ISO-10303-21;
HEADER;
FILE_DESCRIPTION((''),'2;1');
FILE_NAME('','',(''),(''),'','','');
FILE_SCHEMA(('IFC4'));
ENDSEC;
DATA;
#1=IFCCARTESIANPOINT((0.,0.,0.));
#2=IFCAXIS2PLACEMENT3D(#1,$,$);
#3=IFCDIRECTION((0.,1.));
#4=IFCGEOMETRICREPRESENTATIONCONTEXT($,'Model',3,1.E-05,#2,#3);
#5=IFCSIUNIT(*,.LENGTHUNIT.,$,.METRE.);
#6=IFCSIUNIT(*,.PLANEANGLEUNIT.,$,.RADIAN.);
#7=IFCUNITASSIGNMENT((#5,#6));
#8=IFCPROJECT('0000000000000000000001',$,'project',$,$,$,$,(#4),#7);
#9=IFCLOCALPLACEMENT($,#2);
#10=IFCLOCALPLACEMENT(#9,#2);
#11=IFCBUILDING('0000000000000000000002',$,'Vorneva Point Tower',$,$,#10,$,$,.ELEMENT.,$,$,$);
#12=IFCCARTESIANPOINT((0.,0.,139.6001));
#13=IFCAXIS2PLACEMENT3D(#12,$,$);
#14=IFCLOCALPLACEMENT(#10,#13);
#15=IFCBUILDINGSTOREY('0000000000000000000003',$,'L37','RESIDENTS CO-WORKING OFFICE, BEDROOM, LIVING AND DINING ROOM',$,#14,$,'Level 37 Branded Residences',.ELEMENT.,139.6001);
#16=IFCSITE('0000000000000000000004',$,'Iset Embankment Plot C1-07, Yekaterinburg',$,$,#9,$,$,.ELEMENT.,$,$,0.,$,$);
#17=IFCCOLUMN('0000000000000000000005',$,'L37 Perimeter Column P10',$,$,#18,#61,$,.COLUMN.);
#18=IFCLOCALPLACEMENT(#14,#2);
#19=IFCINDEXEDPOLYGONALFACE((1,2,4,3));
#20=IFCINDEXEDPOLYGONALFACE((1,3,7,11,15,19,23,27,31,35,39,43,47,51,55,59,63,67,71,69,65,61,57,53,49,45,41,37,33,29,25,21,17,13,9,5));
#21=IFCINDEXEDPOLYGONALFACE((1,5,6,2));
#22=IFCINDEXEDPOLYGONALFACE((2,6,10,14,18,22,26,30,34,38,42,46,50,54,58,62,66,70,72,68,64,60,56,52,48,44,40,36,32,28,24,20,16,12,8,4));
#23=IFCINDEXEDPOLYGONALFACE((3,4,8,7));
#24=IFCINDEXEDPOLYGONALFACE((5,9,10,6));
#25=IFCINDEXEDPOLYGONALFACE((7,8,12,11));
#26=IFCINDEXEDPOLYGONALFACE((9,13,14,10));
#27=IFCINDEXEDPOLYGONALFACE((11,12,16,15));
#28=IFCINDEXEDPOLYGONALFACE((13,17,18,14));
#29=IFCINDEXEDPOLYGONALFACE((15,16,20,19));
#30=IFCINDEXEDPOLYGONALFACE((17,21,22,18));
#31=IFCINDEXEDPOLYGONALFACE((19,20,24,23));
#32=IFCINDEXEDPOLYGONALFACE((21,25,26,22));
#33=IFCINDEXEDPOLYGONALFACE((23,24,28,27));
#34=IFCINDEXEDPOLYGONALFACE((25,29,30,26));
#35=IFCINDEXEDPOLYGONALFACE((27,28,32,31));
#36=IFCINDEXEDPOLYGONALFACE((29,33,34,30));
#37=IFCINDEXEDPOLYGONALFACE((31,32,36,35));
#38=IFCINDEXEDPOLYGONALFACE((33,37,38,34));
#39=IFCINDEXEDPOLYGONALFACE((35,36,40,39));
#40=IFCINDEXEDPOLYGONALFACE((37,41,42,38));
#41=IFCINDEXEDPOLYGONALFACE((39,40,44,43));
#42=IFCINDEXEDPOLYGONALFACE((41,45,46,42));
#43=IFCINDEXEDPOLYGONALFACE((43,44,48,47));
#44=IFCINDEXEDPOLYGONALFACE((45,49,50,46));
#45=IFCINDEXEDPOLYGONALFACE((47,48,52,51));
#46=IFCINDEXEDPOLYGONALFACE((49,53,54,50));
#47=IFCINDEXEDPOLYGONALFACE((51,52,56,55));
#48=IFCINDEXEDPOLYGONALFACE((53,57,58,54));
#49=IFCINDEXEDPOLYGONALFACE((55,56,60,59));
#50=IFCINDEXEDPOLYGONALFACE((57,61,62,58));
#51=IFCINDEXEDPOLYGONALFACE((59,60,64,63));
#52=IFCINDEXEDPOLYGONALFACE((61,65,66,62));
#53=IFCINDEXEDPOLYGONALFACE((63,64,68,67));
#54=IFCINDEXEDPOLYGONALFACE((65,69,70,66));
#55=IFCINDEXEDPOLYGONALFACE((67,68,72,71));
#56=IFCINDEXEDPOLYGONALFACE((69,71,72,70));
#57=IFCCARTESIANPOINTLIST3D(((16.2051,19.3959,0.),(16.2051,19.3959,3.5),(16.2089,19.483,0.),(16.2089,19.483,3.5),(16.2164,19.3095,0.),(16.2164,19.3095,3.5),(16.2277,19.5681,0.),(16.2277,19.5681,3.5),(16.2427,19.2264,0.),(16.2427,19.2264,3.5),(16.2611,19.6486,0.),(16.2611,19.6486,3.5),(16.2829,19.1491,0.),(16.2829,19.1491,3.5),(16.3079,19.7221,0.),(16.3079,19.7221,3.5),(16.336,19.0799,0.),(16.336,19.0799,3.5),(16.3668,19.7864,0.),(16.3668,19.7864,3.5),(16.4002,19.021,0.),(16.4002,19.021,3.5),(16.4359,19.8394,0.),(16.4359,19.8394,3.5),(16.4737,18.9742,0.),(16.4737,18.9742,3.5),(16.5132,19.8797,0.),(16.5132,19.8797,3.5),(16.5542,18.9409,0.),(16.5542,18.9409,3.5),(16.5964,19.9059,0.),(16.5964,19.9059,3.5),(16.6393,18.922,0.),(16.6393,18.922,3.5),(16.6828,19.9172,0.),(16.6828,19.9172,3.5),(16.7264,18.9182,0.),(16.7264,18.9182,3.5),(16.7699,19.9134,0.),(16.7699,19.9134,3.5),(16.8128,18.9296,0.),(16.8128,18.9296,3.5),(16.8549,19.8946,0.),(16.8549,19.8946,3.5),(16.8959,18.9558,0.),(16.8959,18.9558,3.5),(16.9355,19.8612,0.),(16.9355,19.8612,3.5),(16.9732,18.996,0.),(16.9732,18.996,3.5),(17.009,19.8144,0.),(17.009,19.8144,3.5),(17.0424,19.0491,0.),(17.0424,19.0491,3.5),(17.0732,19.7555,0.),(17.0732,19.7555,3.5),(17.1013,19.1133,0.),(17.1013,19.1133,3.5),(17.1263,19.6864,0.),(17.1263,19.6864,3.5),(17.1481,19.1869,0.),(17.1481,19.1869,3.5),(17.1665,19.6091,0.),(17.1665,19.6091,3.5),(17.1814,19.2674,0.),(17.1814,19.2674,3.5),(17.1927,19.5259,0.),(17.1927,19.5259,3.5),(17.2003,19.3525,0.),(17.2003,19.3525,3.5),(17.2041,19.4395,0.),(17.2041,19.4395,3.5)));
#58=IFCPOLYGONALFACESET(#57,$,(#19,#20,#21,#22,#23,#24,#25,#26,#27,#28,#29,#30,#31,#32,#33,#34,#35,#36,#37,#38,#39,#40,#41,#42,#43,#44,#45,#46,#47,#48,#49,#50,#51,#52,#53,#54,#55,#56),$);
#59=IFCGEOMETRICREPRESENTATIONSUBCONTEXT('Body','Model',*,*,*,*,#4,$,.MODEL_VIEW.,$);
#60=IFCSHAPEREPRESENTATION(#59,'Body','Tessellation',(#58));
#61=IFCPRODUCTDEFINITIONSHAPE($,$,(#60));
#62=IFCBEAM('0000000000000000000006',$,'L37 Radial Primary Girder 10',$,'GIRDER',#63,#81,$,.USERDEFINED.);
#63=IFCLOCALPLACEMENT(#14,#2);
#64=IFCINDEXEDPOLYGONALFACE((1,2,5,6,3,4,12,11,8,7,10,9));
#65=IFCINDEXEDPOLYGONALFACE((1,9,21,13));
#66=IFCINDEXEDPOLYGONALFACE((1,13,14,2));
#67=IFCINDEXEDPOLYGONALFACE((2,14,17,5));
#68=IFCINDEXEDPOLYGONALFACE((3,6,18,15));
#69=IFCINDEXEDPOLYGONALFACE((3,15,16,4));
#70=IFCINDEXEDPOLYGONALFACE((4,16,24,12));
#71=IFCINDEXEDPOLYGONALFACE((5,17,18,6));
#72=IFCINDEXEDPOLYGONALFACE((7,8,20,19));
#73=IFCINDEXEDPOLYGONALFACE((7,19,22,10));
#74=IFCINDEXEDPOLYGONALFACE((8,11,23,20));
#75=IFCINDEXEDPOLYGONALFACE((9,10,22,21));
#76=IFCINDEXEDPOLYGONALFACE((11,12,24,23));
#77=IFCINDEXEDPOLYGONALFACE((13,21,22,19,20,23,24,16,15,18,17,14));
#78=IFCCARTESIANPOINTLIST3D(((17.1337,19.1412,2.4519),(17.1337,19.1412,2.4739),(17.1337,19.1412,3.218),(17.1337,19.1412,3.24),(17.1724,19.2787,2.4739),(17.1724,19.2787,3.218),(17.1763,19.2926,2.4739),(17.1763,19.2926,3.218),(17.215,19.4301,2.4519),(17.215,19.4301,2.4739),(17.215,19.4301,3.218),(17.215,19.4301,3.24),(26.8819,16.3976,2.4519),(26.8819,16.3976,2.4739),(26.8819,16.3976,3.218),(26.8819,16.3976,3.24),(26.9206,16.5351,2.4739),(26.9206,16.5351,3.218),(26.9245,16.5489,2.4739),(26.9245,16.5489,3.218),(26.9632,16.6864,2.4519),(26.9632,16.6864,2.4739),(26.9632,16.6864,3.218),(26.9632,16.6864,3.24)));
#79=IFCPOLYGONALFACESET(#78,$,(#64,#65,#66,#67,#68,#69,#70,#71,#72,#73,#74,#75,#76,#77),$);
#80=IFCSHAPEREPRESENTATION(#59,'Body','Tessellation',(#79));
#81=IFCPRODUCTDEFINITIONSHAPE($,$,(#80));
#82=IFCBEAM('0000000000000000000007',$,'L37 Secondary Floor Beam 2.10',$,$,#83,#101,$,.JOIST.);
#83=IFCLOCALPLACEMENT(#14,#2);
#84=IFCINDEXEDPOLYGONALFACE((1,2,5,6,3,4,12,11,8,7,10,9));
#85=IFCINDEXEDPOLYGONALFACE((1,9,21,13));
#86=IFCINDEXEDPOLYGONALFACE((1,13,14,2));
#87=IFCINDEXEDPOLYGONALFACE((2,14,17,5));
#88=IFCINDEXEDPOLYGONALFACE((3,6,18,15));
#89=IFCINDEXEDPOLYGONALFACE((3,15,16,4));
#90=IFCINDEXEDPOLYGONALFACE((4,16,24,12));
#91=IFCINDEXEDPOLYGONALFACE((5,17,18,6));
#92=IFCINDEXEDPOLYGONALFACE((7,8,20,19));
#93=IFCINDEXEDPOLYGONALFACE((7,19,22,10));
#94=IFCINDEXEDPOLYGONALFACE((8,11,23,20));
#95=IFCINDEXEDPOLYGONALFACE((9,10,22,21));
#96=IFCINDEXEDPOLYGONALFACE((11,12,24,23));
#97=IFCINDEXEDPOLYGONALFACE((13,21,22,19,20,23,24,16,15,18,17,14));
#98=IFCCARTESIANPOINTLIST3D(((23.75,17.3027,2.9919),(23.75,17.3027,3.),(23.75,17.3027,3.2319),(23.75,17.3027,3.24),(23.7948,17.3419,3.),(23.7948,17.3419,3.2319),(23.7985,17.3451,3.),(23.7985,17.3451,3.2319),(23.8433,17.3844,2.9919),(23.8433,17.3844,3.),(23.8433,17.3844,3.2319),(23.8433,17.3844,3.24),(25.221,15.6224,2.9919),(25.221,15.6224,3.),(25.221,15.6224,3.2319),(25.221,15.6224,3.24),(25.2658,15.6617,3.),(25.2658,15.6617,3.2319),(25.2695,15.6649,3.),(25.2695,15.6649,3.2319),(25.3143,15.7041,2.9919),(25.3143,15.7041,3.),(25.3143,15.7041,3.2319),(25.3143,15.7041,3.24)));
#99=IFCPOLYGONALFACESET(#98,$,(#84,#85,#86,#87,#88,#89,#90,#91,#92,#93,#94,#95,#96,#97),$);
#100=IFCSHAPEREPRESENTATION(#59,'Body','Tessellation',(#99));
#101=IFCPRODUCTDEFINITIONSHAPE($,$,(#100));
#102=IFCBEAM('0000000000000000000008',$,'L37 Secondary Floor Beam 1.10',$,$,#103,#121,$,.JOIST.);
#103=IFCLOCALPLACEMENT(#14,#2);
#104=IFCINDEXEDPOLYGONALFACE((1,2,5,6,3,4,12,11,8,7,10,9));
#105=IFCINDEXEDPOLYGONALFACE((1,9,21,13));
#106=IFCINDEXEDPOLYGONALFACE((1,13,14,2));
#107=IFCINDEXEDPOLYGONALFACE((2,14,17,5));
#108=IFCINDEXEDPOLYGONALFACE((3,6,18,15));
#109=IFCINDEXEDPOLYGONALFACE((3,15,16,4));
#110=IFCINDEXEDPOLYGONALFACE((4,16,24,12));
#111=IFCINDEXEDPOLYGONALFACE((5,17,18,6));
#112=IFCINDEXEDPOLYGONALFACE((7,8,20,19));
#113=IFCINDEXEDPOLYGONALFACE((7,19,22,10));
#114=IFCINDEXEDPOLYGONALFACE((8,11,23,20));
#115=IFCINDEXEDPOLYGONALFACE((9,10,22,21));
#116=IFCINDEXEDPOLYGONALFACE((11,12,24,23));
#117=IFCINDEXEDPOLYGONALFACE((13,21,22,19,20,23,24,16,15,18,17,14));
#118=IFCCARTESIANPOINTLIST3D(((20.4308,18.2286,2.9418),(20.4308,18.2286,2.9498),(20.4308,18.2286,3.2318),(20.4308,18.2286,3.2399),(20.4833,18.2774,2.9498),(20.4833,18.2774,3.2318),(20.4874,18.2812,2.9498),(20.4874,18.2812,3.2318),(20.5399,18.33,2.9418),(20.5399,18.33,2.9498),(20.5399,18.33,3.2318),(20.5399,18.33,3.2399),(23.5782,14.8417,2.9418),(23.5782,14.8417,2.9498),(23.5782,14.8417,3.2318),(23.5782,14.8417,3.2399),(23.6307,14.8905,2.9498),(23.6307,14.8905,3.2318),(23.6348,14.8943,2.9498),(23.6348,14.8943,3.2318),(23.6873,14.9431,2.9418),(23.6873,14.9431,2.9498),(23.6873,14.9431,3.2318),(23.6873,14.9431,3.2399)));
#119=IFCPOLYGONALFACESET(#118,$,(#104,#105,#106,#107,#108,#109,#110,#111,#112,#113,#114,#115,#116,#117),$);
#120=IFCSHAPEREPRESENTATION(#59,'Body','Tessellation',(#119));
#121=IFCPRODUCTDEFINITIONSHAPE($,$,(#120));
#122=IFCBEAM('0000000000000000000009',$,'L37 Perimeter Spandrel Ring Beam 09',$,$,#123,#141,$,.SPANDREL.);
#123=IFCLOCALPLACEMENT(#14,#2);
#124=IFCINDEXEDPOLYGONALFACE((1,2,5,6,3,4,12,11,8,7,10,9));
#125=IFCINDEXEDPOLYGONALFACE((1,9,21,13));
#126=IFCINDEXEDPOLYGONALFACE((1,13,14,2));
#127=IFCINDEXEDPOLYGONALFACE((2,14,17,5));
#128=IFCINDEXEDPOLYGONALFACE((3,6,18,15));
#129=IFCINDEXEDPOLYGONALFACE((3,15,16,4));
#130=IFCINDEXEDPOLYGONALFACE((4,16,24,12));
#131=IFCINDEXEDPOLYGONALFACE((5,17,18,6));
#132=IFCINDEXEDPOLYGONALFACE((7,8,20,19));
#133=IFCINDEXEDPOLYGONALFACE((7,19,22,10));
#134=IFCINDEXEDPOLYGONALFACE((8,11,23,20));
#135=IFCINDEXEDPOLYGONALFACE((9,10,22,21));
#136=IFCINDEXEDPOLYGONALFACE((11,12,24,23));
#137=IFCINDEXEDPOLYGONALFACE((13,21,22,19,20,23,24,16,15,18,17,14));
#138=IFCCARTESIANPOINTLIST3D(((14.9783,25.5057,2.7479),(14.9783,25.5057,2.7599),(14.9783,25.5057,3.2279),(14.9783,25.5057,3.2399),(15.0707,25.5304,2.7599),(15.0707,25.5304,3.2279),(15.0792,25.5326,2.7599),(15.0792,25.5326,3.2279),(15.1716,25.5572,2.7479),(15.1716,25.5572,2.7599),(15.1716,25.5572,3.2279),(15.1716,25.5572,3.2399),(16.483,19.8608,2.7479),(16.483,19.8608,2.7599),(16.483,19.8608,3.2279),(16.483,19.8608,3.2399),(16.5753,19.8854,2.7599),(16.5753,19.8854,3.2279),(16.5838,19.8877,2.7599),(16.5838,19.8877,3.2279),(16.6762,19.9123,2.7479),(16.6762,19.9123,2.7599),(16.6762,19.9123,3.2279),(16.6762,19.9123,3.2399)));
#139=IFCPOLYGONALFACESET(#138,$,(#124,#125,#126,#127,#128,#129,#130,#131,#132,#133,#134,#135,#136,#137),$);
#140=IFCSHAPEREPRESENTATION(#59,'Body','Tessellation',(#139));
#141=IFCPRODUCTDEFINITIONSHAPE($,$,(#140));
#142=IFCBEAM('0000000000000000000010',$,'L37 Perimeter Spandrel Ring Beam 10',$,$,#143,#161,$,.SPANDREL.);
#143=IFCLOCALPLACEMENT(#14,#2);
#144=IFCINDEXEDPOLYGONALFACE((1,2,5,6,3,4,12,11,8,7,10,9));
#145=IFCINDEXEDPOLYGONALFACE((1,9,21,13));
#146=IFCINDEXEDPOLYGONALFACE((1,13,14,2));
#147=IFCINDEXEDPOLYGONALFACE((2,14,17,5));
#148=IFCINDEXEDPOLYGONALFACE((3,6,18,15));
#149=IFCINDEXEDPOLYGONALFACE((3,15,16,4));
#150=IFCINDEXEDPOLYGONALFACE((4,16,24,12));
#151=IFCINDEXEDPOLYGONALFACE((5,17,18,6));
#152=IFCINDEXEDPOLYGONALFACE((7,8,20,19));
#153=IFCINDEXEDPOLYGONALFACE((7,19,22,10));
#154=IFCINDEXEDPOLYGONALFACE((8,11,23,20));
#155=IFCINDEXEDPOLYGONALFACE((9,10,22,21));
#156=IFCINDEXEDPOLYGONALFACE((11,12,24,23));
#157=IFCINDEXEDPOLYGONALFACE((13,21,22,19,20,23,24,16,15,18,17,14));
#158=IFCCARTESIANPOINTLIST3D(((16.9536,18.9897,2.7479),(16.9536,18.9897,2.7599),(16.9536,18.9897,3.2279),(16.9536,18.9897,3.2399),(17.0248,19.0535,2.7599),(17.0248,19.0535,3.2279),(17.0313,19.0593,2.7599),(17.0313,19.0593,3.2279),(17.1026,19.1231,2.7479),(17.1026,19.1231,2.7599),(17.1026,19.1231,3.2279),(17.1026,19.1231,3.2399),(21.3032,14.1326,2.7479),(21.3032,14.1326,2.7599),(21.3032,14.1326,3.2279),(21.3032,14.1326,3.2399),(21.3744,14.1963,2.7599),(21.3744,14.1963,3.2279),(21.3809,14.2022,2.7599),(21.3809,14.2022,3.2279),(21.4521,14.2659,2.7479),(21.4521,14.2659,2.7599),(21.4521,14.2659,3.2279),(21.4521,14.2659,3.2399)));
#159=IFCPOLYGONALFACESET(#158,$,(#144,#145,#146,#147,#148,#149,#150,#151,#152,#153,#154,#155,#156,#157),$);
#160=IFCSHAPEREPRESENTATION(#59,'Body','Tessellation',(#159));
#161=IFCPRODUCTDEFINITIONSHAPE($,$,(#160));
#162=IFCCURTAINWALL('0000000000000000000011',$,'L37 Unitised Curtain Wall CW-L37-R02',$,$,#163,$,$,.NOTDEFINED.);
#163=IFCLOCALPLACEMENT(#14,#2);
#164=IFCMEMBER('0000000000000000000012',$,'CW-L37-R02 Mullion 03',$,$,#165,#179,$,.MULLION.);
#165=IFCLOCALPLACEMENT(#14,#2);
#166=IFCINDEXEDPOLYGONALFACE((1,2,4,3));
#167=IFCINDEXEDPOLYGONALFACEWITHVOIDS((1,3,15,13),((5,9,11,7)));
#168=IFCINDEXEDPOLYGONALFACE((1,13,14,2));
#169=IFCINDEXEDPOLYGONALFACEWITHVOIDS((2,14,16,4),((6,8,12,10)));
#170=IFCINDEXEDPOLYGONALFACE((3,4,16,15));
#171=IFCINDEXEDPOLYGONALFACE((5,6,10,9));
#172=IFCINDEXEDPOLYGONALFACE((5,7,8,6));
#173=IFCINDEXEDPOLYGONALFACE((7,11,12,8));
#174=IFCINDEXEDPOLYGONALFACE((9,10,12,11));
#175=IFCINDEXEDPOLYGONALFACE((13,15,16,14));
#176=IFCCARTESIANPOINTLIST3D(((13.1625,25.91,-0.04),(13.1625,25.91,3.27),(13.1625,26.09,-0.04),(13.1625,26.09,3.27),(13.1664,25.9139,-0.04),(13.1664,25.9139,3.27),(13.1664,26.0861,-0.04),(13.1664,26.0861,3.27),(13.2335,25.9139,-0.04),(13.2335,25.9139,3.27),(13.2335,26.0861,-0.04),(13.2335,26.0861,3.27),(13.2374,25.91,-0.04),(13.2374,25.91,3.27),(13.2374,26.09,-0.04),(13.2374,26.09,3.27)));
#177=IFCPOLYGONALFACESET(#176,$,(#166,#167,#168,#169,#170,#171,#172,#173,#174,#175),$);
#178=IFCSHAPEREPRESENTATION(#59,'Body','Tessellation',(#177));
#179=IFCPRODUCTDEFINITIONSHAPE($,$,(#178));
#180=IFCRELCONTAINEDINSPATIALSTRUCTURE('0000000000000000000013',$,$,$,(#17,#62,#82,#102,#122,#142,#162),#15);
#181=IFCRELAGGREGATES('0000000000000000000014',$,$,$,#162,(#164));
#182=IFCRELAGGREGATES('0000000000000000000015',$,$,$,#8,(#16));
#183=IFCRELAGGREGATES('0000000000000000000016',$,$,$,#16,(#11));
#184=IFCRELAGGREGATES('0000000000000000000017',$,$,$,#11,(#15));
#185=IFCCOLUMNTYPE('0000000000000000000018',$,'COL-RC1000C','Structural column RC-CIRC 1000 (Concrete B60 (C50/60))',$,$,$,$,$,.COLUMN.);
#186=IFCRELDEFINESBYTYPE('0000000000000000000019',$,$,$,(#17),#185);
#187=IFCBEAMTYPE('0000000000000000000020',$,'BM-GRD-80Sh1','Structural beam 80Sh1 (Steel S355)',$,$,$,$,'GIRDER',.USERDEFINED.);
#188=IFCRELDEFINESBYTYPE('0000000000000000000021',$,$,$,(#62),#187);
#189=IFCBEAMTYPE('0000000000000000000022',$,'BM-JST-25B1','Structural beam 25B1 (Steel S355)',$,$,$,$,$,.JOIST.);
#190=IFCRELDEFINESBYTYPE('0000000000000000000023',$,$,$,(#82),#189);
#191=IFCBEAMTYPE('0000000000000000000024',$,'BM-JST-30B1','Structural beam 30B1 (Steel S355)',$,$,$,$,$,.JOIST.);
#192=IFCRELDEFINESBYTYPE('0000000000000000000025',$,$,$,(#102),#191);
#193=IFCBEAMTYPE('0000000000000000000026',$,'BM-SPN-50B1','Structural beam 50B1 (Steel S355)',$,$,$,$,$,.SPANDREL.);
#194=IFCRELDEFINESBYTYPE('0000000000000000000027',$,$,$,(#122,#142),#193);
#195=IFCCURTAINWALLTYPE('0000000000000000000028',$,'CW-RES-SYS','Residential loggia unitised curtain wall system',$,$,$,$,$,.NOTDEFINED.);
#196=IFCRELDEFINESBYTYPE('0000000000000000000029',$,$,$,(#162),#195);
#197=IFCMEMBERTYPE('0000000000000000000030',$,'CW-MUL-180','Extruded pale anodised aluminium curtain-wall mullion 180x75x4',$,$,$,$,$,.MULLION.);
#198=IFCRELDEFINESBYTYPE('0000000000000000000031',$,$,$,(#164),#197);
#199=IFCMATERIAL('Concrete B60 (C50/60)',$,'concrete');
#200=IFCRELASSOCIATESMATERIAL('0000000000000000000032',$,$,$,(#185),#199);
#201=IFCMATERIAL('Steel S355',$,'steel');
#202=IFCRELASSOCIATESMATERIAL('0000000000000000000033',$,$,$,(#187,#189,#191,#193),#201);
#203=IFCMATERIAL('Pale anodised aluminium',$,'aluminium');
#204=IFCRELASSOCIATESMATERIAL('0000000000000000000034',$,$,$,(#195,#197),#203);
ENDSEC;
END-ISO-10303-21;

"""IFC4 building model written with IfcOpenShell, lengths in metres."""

from ifc_helpers import new_model, si_unit, direction, frame, origin, origin_2d, place, context, subcontext, project, spatial, hollow_rectangle, circle, i_section, extrude, material, material_profile, profile_set, type_object, element, aggregate, save


model = new_model("IFC4")

# Units and contexts
model_context = context("Model", 3, precision=1e-05, world=origin(), true_north=direction((0.0, 1.0)))
body_context = subcontext(model_context, "Body", "Model", "MODEL_VIEW")
ifc_project = project(units=[si_unit("LENGTHUNIT", "METRE"), si_unit("PLANEANGLEUNIT", "RADIAN")], contexts=[model_context])

# Site, building, storey
site_placement = place(None, origin())
site = spatial("IfcSite", under=ifc_project, at=site_placement, Name="Iset Embankment Plot C1-07, Yekaterinburg", CompositionType="ELEMENT", RefElevation=0.0)
building_placement = place(site_placement, origin())
building = spatial("IfcBuilding", under=site, at=building_placement, Name="Vorneva Point Tower", CompositionType="ELEMENT")
storey_placement = place(building_placement, frame((0.0, 0.0, 139.6001)))
storey = spatial("IfcBuildingStorey", under=building, at=storey_placement, Name="L37", Description="RESIDENTS CO-WORKING OFFICE, BEDROOM, LIVING AND DINING ROOM", LongName="Level 37 Branded Residences", CompositionType="ELEMENT", Elevation=139.6001)

# Column
ifc_material_1 = material(Name="Concrete B60 (C50/60)", Category="concrete")
ifc_material_profile_1 = material_profile(ifc_material_1, circle(Radius=0.5, at=origin_2d()), Name="RC-CIRC 1000")
ifc_profile_set_1 = profile_set([ifc_material_profile_1], Name="Concrete B60 (C50/60)")
column_type = type_object("IfcColumnType", Name="COL-RC1000C", Description="Structural column RC-CIRC 1000 (Concrete B60 (C50/60))", PredefinedType="COLUMN", material=ifc_profile_set_1)
column_placement = place(storey_placement, frame((16.7046, 19.4177, 0.0), z_axis=(0.0, 0.0, 1.0), x_axis=(-0.92388, -0.382683, 0.0)))
element("IfcColumn", 1, at=column_placement, inside=storey, type_object=column_type, Name="L37 Perimeter Column P10", PredefinedType="COLUMN", context=body_context, shape_type="SweptSolid", body=[
    extrude(circle(Radius=0.5, at=origin_2d()), origin(), (0.0, 0.0, 1.0), 3.5),
])

# Beams
ifc_material_2 = material(Name="Steel S355", Category="steel")
ifc_material_profile_2 = material_profile(ifc_material_2, i_section(OverallWidth=0.3, OverallDepth=0.7881, WebThickness=0.0144, FlangeThickness=0.022, at=origin_2d()), Name="80Sh1")
ifc_profile_set_2 = profile_set([ifc_material_profile_2], Name="Steel S355")
beam_type_1 = type_object("IfcBeamType", Name="BM-GRD-80Sh1", Description="Structural beam 80Sh1 (Steel S355)", ElementType="GIRDER", PredefinedType="USERDEFINED", material=ifc_profile_set_2)
beam_1_placement = place(storey_placement, frame((17.1743, 19.2856, 2.8459), z_axis=(0.962601, -0.270924, 0.0), x_axis=(0.270924, 0.962601, 0.0)))
element("IfcBeam", 2, at=beam_1_placement, inside=storey, type_object=beam_type_1, Name="L37 Radial Primary Girder 10", ObjectType="GIRDER", PredefinedType="USERDEFINED", context=body_context, shape_type="SweptSolid", body=[
    extrude(i_section(OverallWidth=0.3, OverallDepth=0.7881, WebThickness=0.0144, FlangeThickness=0.022, at=origin_2d()), origin(), (0.0, 0.0, 1.0), 10.127),
])
ifc_material_profile_3 = material_profile(ifc_material_2, i_section(OverallWidth=0.124, OverallDepth=0.248, WebThickness=0.0049, FlangeThickness=0.0081, at=origin_2d()), Name="25B1")
ifc_profile_set_3 = profile_set([ifc_material_profile_3], Name="Steel S355")
beam_type_2 = type_object("IfcBeamType", Name="BM-JST-25B1", Description="Structural beam 25B1 (Steel S355)", PredefinedType="JOIST", material=ifc_profile_set_3)
beam_2_placement = place(storey_placement, frame((23.7966, 17.3435, 3.116), z_axis=(0.658706, -0.752401, 0.0), x_axis=(0.752401, 0.658706, 0.0)))
element("IfcBeam", 3, at=beam_2_placement, inside=storey, type_object=beam_type_2, Name="L37 Secondary Floor Beam 2.10", PredefinedType="JOIST", context=body_context, shape_type="SweptSolid", body=[
    extrude(i_section(OverallWidth=0.124, OverallDepth=0.248, WebThickness=0.0049, FlangeThickness=0.0081, at=origin_2d()), origin(), (0.0, 0.0, 1.0), 2.2332),
])
ifc_material_profile_4 = material_profile(ifc_material_2, i_section(OverallWidth=0.1489, OverallDepth=0.2981, WebThickness=0.0056, FlangeThickness=0.0081, at=origin_2d()), Name="30B1")
ifc_profile_set_4 = profile_set([ifc_material_profile_4], Name="Steel S355")
beam_type_3 = type_object("IfcBeamType", Name="BM-JST-30B1", Description="Structural beam 30B1 (Steel S355)", PredefinedType="JOIST", material=ifc_profile_set_4)
beam_3_placement = place(storey_placement, frame((20.4854, 18.2793, 3.0908), z_axis=(0.680733, -0.732532, 0.0), x_axis=(0.732532, 0.680733, 0.0)))
element("IfcBeam", 4, at=beam_3_placement, inside=storey, type_object=beam_type_3, Name="L37 Secondary Floor Beam 1.10", PredefinedType="JOIST", context=body_context, shape_type="SweptSolid", body=[
    extrude(i_section(OverallWidth=0.1489, OverallDepth=0.2981, WebThickness=0.0056, FlangeThickness=0.0081, at=origin_2d()), origin(), (0.0, 0.0, 1.0), 4.6235),
])
ifc_material_profile_5 = material_profile(ifc_material_2, i_section(OverallWidth=0.2, OverallDepth=0.4919, WebThickness=0.0088, FlangeThickness=0.012, at=origin_2d()), Name="50B1")
ifc_profile_set_5 = profile_set([ifc_material_profile_5], Name="Steel S355")
beam_type_4 = type_object("IfcBeamType", Name="BM-SPN-50B1", Description="Structural beam 50B1 (Steel S355)", PredefinedType="SPANDREL", material=ifc_profile_set_5)
beam_4_placement = place(storey_placement, frame((15.075, 25.5315, 2.9939), z_axis=(0.257551, -0.966265, 0.0), x_axis=(0.966265, 0.257551, 0.0)))
element("IfcBeam", 5, at=beam_4_placement, inside=storey, type_object=beam_type_4, Name="L37 Perimeter Spandrel Ring Beam 09", PredefinedType="SPANDREL", context=body_context, shape_type="SweptSolid", body=[
    extrude(i_section(OverallWidth=0.2, OverallDepth=0.4919, WebThickness=0.0088, FlangeThickness=0.012, at=origin_2d()), origin(), (0.0, 0.0, 1.0), 5.842),
])
beam_5_placement = place(storey_placement, frame((17.0281, 19.0564, 2.9939), z_axis=(0.667111, -0.744958, 0.0), x_axis=(0.744958, 0.667111, 0.0)))
element("IfcBeam", 6, at=beam_5_placement, inside=storey, type_object=beam_type_4, Name="L37 Perimeter Spandrel Ring Beam 10", PredefinedType="SPANDREL", context=body_context, shape_type="SweptSolid", body=[
    extrude(i_section(OverallWidth=0.2, OverallDepth=0.4919, WebThickness=0.0088, FlangeThickness=0.012, at=origin_2d()), origin(), (0.0, 0.0, 1.0), 6.52),
])

# Curtain wall, member
ifc_material_3 = material(Name="Pale anodised aluminium", Category="aluminium")
curtain_wall_type = type_object("IfcCurtainWallType", Name="CW-RES-SYS", Description="Residential loggia unitised curtain wall system", PredefinedType="NOTDEFINED", material=ifc_material_3)
curtain_wall_placement = place(storey_placement, origin())
curtain_wall = element("IfcCurtainWall", 7, at=curtain_wall_placement, inside=storey, type_object=curtain_wall_type, Name="L37 Unitised Curtain Wall CW-L37-R02", PredefinedType="NOTDEFINED")
ifc_material_profile_6 = material_profile(ifc_material_3, hollow_rectangle(XDim=0.075, YDim=0.1799, WallThickness=0.0039, at=origin_2d()), Name="AL-MUL 180x75x4")
ifc_profile_set_6 = profile_set([ifc_material_profile_6], Name="Pale anodised aluminium")
member_type_1 = type_object("IfcMemberType", Name="CW-MUL-180", Description="Extruded pale anodised aluminium curtain-wall mullion 180x75x4", PredefinedType="MULLION", material=ifc_profile_set_6)
member_1_placement = place(storey_placement, frame((13.2, 26.0, -0.04), z_axis=(0.0, 0.0, 1.0), x_axis=(1.0, 0.0, 0.0)))
member_1 = element("IfcMember", 8, at=member_1_placement, type_object=member_type_1, Name="CW-L37-R02 Mullion 03", PredefinedType="MULLION", context=body_context, shape_type="SweptSolid", body=[
    extrude(hollow_rectangle(XDim=0.075, YDim=0.1799, WallThickness=0.0039, at=origin_2d()), origin(), (0.0, 0.0, 1.0), 3.3101),
])
aggregate(curtain_wall, [member_1])

save(model, "model.ifc")
